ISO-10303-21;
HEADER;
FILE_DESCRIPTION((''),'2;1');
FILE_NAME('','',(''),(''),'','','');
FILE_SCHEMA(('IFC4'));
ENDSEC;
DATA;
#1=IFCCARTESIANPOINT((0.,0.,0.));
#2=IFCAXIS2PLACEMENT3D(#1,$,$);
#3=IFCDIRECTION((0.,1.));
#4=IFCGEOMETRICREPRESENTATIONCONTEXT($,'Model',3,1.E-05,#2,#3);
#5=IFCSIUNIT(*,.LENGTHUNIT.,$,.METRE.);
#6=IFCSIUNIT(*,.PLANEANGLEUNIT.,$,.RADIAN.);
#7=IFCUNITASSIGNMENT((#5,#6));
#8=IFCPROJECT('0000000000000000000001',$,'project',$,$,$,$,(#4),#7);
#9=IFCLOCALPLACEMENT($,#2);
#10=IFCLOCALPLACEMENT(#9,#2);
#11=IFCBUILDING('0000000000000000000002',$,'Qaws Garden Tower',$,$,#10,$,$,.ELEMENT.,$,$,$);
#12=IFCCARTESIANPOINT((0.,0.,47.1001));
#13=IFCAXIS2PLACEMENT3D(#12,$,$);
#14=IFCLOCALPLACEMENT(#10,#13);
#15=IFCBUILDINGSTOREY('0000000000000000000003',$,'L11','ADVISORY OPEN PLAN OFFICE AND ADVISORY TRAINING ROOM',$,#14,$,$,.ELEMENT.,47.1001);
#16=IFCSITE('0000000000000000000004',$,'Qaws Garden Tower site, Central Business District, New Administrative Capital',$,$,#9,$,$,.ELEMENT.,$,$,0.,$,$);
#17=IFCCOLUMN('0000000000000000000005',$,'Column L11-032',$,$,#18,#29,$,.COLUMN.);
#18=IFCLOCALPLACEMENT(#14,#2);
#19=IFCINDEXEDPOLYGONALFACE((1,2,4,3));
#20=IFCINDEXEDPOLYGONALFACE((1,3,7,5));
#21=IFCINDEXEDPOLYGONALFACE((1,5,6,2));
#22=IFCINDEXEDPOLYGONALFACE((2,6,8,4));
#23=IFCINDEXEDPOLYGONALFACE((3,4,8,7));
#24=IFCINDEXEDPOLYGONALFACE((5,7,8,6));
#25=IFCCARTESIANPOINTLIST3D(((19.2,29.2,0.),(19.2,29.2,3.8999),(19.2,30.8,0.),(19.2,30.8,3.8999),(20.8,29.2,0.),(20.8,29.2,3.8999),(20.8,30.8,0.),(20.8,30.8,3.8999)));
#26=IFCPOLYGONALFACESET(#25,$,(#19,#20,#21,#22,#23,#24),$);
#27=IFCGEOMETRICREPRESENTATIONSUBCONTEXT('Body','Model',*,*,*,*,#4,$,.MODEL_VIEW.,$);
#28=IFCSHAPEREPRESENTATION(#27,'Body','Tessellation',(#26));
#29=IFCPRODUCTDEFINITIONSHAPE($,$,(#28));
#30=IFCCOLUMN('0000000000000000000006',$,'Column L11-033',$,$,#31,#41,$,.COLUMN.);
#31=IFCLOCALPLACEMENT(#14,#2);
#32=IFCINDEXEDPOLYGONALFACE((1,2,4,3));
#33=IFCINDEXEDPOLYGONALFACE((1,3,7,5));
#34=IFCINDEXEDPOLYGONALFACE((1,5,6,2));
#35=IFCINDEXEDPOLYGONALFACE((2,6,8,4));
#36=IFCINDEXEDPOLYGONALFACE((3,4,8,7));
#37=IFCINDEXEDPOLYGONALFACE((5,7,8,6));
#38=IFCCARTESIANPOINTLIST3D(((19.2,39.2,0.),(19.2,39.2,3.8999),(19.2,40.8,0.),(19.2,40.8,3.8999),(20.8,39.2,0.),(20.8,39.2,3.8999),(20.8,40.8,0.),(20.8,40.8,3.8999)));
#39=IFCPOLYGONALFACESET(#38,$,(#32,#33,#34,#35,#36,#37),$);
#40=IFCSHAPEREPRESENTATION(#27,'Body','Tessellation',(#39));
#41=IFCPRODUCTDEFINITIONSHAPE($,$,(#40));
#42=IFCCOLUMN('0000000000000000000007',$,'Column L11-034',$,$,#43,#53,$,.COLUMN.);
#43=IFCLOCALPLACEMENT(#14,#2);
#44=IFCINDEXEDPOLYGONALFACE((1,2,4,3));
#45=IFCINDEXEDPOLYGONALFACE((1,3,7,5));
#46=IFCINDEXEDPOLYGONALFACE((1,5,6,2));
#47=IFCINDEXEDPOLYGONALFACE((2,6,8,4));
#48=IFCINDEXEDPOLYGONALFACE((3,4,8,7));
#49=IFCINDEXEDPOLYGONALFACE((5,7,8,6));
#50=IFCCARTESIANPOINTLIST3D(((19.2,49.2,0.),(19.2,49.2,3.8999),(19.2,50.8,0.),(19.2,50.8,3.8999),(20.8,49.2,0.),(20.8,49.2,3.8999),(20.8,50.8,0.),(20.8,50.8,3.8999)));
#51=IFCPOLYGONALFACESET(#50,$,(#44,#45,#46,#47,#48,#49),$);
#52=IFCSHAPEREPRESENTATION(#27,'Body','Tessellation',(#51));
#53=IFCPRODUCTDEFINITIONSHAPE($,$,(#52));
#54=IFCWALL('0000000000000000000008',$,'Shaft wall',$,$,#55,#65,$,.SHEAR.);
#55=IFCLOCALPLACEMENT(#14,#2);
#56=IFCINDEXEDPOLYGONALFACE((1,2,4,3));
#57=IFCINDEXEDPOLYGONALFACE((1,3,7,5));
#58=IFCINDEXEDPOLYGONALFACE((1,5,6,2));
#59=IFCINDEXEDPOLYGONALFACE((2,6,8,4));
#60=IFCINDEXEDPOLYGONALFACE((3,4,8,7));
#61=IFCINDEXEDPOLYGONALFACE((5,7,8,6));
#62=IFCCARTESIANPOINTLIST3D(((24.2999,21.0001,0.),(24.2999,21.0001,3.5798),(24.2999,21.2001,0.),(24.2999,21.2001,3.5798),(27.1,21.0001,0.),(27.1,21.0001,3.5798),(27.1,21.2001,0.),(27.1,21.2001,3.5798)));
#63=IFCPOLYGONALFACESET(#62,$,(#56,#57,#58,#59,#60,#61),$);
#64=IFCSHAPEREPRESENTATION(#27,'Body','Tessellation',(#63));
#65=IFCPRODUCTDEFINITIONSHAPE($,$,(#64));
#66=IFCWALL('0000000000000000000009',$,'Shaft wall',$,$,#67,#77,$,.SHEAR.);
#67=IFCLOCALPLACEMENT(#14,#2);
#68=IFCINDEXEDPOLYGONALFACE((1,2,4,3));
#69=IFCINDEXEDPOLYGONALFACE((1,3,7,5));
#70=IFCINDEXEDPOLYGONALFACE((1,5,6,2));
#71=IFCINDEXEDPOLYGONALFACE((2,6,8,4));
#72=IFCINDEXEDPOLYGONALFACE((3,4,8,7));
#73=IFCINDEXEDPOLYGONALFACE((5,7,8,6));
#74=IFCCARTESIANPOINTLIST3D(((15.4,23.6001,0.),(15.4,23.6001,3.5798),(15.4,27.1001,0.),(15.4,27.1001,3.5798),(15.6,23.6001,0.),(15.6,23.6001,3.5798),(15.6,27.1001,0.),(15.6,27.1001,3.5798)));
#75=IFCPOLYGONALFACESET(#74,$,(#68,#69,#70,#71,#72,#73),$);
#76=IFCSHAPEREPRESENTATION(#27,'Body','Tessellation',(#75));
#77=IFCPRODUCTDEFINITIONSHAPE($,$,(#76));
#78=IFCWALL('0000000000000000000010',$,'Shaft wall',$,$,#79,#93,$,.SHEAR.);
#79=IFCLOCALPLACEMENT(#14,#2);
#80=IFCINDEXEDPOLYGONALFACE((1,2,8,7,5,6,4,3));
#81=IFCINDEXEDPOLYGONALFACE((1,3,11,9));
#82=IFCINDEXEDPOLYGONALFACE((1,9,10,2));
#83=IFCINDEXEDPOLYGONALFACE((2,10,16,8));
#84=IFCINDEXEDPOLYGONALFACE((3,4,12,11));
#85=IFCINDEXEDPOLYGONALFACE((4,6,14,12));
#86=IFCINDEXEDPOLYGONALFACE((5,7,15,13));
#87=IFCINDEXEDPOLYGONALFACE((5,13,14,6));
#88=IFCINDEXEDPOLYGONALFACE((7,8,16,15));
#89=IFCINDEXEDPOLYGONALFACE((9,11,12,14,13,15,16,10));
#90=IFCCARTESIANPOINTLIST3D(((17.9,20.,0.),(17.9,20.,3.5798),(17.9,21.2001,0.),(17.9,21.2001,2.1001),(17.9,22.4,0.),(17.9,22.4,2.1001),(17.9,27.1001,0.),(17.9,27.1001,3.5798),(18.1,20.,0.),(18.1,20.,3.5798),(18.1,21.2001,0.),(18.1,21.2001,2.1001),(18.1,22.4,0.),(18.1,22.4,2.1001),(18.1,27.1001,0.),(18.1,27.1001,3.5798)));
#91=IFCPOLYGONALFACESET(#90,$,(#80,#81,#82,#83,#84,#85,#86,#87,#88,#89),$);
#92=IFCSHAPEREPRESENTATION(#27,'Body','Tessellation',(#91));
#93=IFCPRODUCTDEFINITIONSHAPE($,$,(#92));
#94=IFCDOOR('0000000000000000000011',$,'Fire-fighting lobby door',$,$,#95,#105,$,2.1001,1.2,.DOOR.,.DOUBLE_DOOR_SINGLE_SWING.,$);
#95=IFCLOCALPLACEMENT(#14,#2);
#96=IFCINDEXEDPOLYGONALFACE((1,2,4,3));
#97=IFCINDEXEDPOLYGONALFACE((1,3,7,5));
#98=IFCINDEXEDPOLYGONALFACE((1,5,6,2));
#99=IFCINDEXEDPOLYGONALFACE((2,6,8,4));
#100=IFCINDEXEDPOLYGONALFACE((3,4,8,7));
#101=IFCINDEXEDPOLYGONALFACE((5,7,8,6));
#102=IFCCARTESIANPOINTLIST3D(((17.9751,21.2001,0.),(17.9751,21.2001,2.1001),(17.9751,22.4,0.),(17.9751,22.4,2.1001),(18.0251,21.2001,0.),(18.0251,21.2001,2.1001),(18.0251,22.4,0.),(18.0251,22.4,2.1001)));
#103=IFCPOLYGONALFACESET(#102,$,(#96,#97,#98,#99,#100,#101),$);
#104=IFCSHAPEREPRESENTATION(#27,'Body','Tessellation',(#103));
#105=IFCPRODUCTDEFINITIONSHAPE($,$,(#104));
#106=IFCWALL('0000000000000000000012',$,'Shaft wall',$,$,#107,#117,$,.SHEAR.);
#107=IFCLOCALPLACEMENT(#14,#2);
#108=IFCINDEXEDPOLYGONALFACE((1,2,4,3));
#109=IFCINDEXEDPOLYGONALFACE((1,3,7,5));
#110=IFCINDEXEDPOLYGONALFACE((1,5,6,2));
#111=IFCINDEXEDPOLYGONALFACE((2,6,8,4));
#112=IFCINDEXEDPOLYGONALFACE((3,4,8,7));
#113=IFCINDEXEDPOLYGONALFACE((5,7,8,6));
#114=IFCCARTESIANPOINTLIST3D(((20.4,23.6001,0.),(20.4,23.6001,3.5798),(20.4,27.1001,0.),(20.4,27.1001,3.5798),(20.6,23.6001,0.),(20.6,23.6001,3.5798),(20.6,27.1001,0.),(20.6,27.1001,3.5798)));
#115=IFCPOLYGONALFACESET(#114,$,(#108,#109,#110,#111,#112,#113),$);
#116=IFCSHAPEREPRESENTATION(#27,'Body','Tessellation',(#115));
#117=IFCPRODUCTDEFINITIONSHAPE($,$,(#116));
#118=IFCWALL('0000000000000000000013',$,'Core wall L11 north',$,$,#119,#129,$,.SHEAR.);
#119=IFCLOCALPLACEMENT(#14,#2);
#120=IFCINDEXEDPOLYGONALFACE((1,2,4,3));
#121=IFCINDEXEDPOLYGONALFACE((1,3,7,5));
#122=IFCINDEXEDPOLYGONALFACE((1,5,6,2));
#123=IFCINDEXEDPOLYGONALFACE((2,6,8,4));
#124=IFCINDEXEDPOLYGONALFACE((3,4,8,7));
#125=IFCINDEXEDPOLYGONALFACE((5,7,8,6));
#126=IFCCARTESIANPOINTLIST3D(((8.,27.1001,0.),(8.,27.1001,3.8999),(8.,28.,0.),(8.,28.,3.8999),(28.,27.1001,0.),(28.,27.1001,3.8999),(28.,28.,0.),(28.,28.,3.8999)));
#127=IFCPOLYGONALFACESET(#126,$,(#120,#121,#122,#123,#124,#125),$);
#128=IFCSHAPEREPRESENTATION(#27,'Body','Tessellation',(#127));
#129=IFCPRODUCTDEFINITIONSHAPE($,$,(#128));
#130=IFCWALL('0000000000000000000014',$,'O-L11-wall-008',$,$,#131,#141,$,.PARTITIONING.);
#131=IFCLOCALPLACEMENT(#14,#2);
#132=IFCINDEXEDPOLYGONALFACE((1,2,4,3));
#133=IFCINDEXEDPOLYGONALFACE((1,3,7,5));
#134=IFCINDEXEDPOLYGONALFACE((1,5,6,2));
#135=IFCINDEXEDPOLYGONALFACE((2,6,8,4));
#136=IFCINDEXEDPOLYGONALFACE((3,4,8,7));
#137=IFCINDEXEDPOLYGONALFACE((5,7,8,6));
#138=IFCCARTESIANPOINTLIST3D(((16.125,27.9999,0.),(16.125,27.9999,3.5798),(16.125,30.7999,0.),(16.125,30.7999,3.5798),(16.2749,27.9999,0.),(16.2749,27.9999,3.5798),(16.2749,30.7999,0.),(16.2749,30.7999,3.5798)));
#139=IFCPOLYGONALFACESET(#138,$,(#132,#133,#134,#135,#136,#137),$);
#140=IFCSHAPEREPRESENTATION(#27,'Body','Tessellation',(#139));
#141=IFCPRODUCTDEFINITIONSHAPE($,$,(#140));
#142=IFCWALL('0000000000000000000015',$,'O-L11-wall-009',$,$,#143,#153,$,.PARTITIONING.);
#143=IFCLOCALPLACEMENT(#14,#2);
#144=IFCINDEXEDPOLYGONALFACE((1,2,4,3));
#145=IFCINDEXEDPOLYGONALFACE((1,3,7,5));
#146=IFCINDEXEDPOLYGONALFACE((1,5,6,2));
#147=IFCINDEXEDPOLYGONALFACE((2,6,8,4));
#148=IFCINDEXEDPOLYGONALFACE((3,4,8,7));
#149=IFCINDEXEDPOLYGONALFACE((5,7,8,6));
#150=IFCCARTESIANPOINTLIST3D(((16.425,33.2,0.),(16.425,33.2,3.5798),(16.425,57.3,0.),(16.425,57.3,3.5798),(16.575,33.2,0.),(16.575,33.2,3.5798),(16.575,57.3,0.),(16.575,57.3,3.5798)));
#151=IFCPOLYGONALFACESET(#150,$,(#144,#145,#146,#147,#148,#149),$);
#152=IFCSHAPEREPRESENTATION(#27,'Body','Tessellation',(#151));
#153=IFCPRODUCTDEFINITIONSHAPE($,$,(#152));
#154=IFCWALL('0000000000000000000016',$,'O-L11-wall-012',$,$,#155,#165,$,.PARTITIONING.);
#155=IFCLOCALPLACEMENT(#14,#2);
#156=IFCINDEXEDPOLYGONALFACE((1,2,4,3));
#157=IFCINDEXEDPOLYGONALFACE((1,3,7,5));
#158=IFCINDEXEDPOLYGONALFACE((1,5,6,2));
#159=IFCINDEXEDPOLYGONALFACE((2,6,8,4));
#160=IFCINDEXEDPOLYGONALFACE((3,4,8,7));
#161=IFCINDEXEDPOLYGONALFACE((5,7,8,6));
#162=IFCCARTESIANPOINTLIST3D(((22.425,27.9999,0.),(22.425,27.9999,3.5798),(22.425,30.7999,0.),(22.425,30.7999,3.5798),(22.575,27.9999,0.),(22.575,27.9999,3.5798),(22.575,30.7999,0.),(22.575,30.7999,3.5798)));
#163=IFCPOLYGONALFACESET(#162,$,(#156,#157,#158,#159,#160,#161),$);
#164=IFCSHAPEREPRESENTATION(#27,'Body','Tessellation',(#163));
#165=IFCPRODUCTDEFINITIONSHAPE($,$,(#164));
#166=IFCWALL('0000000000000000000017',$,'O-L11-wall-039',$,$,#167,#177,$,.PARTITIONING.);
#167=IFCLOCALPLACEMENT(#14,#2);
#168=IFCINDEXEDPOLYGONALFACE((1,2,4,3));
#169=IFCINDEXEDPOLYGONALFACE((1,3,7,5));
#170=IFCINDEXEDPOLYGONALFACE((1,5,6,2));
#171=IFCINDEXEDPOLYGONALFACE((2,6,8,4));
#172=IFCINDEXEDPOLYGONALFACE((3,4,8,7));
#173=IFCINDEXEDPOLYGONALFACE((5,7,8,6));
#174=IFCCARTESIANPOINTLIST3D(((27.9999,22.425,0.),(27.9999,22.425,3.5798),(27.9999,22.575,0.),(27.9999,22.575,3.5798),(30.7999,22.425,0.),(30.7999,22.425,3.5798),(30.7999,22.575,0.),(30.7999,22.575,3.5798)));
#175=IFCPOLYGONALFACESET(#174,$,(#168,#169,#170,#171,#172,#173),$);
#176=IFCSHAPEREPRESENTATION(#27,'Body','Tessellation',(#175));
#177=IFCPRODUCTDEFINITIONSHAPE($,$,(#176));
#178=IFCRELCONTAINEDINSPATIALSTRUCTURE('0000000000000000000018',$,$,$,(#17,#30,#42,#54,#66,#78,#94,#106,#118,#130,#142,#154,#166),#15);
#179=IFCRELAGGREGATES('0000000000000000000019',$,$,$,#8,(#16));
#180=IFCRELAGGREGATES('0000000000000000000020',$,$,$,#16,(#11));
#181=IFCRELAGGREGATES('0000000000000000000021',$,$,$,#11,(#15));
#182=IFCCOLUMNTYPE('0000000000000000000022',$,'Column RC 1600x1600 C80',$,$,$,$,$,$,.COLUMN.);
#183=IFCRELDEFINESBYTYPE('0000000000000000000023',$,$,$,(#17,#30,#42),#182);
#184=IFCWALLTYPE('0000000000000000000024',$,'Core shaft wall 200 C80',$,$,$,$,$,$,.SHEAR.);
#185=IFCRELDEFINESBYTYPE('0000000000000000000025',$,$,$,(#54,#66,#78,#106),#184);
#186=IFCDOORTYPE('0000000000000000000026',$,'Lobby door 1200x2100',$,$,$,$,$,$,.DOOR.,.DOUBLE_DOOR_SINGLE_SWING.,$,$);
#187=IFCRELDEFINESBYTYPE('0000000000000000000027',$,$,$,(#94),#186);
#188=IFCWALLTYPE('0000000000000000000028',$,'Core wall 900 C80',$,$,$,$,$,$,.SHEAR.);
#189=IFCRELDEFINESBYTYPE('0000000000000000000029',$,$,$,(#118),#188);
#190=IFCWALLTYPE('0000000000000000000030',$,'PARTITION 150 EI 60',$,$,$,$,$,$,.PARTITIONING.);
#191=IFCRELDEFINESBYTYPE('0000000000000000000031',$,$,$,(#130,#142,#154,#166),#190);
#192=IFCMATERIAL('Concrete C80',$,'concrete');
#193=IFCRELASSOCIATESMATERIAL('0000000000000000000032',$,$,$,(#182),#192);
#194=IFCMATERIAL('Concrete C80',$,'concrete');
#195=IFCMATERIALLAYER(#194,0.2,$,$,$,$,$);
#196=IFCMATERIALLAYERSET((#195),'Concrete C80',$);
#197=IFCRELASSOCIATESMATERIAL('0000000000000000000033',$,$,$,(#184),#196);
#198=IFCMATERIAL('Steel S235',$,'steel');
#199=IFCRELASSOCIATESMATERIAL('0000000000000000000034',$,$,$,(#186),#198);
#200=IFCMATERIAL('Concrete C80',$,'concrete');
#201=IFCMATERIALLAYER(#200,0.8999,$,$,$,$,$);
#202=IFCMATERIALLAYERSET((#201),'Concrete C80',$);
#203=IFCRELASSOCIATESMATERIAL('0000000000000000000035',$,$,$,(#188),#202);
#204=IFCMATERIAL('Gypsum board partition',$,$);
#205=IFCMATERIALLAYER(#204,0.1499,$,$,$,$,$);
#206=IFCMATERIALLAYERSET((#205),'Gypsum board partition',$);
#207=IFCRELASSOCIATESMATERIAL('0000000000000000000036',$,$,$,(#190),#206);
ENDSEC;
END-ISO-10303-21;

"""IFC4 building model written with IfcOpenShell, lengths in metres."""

from ifc_helpers import new_model, si_unit, direction, frame, frame_2d, origin, origin_2d, place, context, subcontext, project, spatial, rectangle, extrude, material, layer, layer_set, material_profile, profile_set, type_object, element, fill, save


model = new_model("IFC4")

# Units and contexts
model_context = context("Model", 3, precision=1e-05, world=origin(), true_north=direction((0.0, 1.0)))
body_context = subcontext(model_context, "Body", "Model", "MODEL_VIEW")
ifc_project = project(units=[si_unit("LENGTHUNIT", "METRE"), si_unit("PLANEANGLEUNIT", "RADIAN")], contexts=[model_context])

# Site, building, storey
site_placement = place(None, origin())
site = spatial("IfcSite", under=ifc_project, at=site_placement, Name="Qaws Garden Tower site, Central Business District, New Administrative Capital", CompositionType="ELEMENT", RefElevation=0.0)
building_placement = place(site_placement, origin())
building = spatial("IfcBuilding", under=site, at=building_placement, Name="Qaws Garden Tower", CompositionType="ELEMENT")
storey_placement = place(building_placement, frame((0.0, 0.0, 47.1001)))
storey = spatial("IfcBuildingStorey", under=building, at=storey_placement, Name="L11", Description="ADVISORY OPEN PLAN OFFICE AND ADVISORY TRAINING ROOM", CompositionType="ELEMENT", Elevation=47.1001)

# Columns
ifc_material_1 = material(Name="Concrete C80", Category="concrete")
ifc_material_profile = material_profile(ifc_material_1, rectangle(XDim=1.6001, YDim=1.6001, at=origin_2d()), Name="RC 1600x1600")
ifc_profile_set = profile_set([ifc_material_profile], Name="Concrete C80")
column_type = type_object("IfcColumnType", Name="Column RC 1600x1600 C80", PredefinedType="COLUMN", material=ifc_profile_set)
for number, where, z_axis, x_axis, name in (
    (1, (20.0, 30.0, 0.0), (0.0, 0.0, 1.0), (1.0, 0.0, 0.0), "Column L11-032"),
    (2, (20.0, 40.0, 0.0), (0.0, 0.0, 1.0), (1.0, 0.0, 0.0), "Column L11-033"),
    (3, (20.0, 50.0, 0.0), (0.0, 0.0, 1.0), (1.0, 0.0, 0.0), "Column L11-034"),
):
    element("IfcColumn", number, at=place(storey_placement, frame(where, z_axis=z_axis, x_axis=x_axis)), inside=storey, type_object=column_type, Name=name, PredefinedType="COLUMN", context=body_context, shape_type="SweptSolid", body=[
        extrude(rectangle(XDim=1.6001, YDim=1.6001, at=origin_2d()), origin(), (0.0, 0.0, 1.0), 3.8999),
    ])

# Walls
ifc_material_2 = material(Name="Concrete C80", Category="concrete")
ifc_layer_1 = layer(ifc_material_2, 0.2)
ifc_layer_set_1 = layer_set([ifc_layer_1], Name="Concrete C80")
wall_type_1 = type_object("IfcWallType", Name="Core shaft wall 200 C80", PredefinedType="SHEAR", material=ifc_layer_set_1)
wall_1_placement = place(storey_placement, frame((24.3, 21.1001, 0.0), z_axis=(0.0, 0.0, 1.0), x_axis=(1.0, 0.0, 0.0)))
element("IfcWall", 4, at=wall_1_placement, inside=storey, type_object=wall_type_1, Name="Shaft wall", PredefinedType="SHEAR", context=body_context, shape_type="SweptSolid", body=[
    extrude(rectangle(XDim=2.8, YDim=0.2, at=frame_2d((1.3999, 0.0))), origin(), (0.0, 0.0, 1.0), 3.5798),
])
wall_2_placement = place(storey_placement, frame((15.5, 23.6001, 0.0), z_axis=(0.0, 0.0, 1.0), x_axis=(0.0, 1.0, 0.0)))
element("IfcWall", 5, at=wall_2_placement, inside=storey, type_object=wall_type_1, Name="Shaft wall", PredefinedType="SHEAR", context=body_context, shape_type="SweptSolid", body=[
    extrude(rectangle(XDim=3.5, YDim=0.2, at=frame_2d((1.75, 0.0))), origin(), (0.0, 0.0, 1.0), 3.5798),
])

# Wall, opening, door
wall_3_placement = place(storey_placement, frame((18.0, 20.0, 0.0), z_axis=(0.0, 0.0, 1.0), x_axis=(0.0, 1.0, 0.0)))
wall_3 = element("IfcWall", 6, at=wall_3_placement, inside=storey, type_object=wall_type_1, Name="Shaft wall", PredefinedType="SHEAR", context=body_context, shape_type="SweptSolid", body=[
    extrude(rectangle(XDim=7.1001, YDim=0.2, at=frame_2d((3.55, 0.0))), origin(), (0.0, 0.0, 1.0), 3.5798),
])
opening_1_placement = place(wall_3_placement, frame((1.2, 0.0, 0.0)))
opening_1 = element("IfcOpeningElement", 7, at=opening_1_placement, cuts=wall_3, PredefinedType="OPENING", context=body_context, shape_type="SweptSolid", body=[
    extrude(rectangle(XDim=1.2, YDim=2.1001, at=frame_2d((0.6001, 1.05))), frame((0.0, 0.1099, 0.0), z_axis=(0.0, -1.0, 0.0), x_axis=(1.0, 0.0, 0.0)), (0.0, 0.0, 1.0), 0.22),
])
ifc_material_3 = material(Name="Steel S235", Category="steel")
door_type_1 = type_object("IfcDoorType", Name="Lobby door 1200x2100", OperationType="DOUBLE_DOOR_SINGLE_SWING", PredefinedType="DOOR", material=ifc_material_3)
door_1_placement = place(opening_1_placement, origin())
door_1 = element("IfcDoor", 8, at=door_1_placement, inside=storey, type_object=door_type_1, Name="Fire-fighting lobby door", OperationType="DOUBLE_DOOR_SINGLE_SWING", OverallHeight=2.1001, OverallWidth=1.2, PredefinedType="DOOR", context=body_context, shape_type="SweptSolid", body=[
    extrude(rectangle(XDim=1.2, YDim=2.1001, at=frame_2d((0.6001, 1.05))), frame((0.0, 0.0249, 0.0), z_axis=(0.0, -1.0, 0.0), x_axis=(1.0, 0.0, 0.0)), (0.0, 0.0, 1.0), 0.05),
])
fill(opening_1, door_1)

# Walls
wall_4_placement = place(storey_placement, frame((20.5, 23.6001, 0.0), z_axis=(0.0, 0.0, 1.0), x_axis=(0.0, 1.0, 0.0)))
element("IfcWall", 9, at=wall_4_placement, inside=storey, type_object=wall_type_1, Name="Shaft wall", PredefinedType="SHEAR", context=body_context, shape_type="SweptSolid", body=[
    extrude(rectangle(XDim=3.5, YDim=0.2, at=frame_2d((1.75, 0.0))), origin(), (0.0, 0.0, 1.0), 3.5798),
])
ifc_material_4 = material(Name="Concrete C80", Category="concrete")
ifc_layer_2 = layer(ifc_material_4, 0.8999)
ifc_layer_set_2 = layer_set([ifc_layer_2], Name="Concrete C80")
wall_type_2 = type_object("IfcWallType", Name="Core wall 900 C80", PredefinedType="SHEAR", material=ifc_layer_set_2)
wall_5_placement = place(storey_placement, frame((28.0, 27.55, 0.0), z_axis=(0.0, 0.0, 1.0), x_axis=(-1.0, 0.0, 0.0)))
element("IfcWall", 10, at=wall_5_placement, inside=storey, type_object=wall_type_2, Name="Core wall L11 north", PredefinedType="SHEAR", context=body_context, shape_type="SweptSolid", body=[
    extrude(rectangle(XDim=20.0, YDim=0.8999, at=frame_2d((10.0, 0.0))), origin(), (0.0, 0.0, 1.0), 3.8999),
])
ifc_material_5 = material(Name="Gypsum board partition")
ifc_layer_3 = layer(ifc_material_5, 0.1499)
ifc_layer_set_3 = layer_set([ifc_layer_3], Name="Gypsum board partition")
wall_type_3 = type_object("IfcWallType", Name="PARTITION 150 EI 60", PredefinedType="PARTITIONING", material=ifc_layer_set_3)
wall_6_placement = place(storey_placement, frame((16.2, 28.0, 0.0), z_axis=(0.0, 0.0, 1.0), x_axis=(0.0, 1.0, 0.0)))
element("IfcWall", 11, at=wall_6_placement, inside=storey, type_object=wall_type_3, Name="O-L11-wall-008", PredefinedType="PARTITIONING", context=body_context, shape_type="SweptSolid", body=[
    extrude(rectangle(XDim=2.8, YDim=0.1499, at=frame_2d((1.3999, 0.0))), origin(), (0.0, 0.0, 1.0), 3.5798),
])
wall_7_placement = place(storey_placement, frame((16.5, 33.2, 0.0), z_axis=(0.0, 0.0, 1.0), x_axis=(0.0, 1.0, 0.0)))
element("IfcWall", 12, at=wall_7_placement, inside=storey, type_object=wall_type_3, Name="O-L11-wall-009", PredefinedType="PARTITIONING", context=body_context, shape_type="SweptSolid", body=[
    extrude(rectangle(XDim=24.1001, YDim=0.1499, at=frame_2d((12.05, 0.0))), origin(), (0.0, 0.0, 1.0), 3.5798),
])
for number, where, z_axis, x_axis, name in (
    (13, (22.5, 28.0, 0.0), (0.0, 0.0, 1.0), (0.0, 1.0, 0.0), "O-L11-wall-012"),
    (14, (28.0, 22.5, 0.0), (0.0, 0.0, 1.0), (1.0, 0.0, 0.0), "O-L11-wall-039"),
):
    element("IfcWall", number, at=place(storey_placement, frame(where, z_axis=z_axis, x_axis=x_axis)), inside=storey, type_object=wall_type_3, Name=name, PredefinedType="PARTITIONING", context=body_context, shape_type="SweptSolid", body=[
        extrude(rectangle(XDim=2.8, YDim=0.1499, at=frame_2d((1.3999, 0.0))), origin(), (0.0, 0.0, 1.0), 3.5798),
    ])

save(model, "model.ifc")
